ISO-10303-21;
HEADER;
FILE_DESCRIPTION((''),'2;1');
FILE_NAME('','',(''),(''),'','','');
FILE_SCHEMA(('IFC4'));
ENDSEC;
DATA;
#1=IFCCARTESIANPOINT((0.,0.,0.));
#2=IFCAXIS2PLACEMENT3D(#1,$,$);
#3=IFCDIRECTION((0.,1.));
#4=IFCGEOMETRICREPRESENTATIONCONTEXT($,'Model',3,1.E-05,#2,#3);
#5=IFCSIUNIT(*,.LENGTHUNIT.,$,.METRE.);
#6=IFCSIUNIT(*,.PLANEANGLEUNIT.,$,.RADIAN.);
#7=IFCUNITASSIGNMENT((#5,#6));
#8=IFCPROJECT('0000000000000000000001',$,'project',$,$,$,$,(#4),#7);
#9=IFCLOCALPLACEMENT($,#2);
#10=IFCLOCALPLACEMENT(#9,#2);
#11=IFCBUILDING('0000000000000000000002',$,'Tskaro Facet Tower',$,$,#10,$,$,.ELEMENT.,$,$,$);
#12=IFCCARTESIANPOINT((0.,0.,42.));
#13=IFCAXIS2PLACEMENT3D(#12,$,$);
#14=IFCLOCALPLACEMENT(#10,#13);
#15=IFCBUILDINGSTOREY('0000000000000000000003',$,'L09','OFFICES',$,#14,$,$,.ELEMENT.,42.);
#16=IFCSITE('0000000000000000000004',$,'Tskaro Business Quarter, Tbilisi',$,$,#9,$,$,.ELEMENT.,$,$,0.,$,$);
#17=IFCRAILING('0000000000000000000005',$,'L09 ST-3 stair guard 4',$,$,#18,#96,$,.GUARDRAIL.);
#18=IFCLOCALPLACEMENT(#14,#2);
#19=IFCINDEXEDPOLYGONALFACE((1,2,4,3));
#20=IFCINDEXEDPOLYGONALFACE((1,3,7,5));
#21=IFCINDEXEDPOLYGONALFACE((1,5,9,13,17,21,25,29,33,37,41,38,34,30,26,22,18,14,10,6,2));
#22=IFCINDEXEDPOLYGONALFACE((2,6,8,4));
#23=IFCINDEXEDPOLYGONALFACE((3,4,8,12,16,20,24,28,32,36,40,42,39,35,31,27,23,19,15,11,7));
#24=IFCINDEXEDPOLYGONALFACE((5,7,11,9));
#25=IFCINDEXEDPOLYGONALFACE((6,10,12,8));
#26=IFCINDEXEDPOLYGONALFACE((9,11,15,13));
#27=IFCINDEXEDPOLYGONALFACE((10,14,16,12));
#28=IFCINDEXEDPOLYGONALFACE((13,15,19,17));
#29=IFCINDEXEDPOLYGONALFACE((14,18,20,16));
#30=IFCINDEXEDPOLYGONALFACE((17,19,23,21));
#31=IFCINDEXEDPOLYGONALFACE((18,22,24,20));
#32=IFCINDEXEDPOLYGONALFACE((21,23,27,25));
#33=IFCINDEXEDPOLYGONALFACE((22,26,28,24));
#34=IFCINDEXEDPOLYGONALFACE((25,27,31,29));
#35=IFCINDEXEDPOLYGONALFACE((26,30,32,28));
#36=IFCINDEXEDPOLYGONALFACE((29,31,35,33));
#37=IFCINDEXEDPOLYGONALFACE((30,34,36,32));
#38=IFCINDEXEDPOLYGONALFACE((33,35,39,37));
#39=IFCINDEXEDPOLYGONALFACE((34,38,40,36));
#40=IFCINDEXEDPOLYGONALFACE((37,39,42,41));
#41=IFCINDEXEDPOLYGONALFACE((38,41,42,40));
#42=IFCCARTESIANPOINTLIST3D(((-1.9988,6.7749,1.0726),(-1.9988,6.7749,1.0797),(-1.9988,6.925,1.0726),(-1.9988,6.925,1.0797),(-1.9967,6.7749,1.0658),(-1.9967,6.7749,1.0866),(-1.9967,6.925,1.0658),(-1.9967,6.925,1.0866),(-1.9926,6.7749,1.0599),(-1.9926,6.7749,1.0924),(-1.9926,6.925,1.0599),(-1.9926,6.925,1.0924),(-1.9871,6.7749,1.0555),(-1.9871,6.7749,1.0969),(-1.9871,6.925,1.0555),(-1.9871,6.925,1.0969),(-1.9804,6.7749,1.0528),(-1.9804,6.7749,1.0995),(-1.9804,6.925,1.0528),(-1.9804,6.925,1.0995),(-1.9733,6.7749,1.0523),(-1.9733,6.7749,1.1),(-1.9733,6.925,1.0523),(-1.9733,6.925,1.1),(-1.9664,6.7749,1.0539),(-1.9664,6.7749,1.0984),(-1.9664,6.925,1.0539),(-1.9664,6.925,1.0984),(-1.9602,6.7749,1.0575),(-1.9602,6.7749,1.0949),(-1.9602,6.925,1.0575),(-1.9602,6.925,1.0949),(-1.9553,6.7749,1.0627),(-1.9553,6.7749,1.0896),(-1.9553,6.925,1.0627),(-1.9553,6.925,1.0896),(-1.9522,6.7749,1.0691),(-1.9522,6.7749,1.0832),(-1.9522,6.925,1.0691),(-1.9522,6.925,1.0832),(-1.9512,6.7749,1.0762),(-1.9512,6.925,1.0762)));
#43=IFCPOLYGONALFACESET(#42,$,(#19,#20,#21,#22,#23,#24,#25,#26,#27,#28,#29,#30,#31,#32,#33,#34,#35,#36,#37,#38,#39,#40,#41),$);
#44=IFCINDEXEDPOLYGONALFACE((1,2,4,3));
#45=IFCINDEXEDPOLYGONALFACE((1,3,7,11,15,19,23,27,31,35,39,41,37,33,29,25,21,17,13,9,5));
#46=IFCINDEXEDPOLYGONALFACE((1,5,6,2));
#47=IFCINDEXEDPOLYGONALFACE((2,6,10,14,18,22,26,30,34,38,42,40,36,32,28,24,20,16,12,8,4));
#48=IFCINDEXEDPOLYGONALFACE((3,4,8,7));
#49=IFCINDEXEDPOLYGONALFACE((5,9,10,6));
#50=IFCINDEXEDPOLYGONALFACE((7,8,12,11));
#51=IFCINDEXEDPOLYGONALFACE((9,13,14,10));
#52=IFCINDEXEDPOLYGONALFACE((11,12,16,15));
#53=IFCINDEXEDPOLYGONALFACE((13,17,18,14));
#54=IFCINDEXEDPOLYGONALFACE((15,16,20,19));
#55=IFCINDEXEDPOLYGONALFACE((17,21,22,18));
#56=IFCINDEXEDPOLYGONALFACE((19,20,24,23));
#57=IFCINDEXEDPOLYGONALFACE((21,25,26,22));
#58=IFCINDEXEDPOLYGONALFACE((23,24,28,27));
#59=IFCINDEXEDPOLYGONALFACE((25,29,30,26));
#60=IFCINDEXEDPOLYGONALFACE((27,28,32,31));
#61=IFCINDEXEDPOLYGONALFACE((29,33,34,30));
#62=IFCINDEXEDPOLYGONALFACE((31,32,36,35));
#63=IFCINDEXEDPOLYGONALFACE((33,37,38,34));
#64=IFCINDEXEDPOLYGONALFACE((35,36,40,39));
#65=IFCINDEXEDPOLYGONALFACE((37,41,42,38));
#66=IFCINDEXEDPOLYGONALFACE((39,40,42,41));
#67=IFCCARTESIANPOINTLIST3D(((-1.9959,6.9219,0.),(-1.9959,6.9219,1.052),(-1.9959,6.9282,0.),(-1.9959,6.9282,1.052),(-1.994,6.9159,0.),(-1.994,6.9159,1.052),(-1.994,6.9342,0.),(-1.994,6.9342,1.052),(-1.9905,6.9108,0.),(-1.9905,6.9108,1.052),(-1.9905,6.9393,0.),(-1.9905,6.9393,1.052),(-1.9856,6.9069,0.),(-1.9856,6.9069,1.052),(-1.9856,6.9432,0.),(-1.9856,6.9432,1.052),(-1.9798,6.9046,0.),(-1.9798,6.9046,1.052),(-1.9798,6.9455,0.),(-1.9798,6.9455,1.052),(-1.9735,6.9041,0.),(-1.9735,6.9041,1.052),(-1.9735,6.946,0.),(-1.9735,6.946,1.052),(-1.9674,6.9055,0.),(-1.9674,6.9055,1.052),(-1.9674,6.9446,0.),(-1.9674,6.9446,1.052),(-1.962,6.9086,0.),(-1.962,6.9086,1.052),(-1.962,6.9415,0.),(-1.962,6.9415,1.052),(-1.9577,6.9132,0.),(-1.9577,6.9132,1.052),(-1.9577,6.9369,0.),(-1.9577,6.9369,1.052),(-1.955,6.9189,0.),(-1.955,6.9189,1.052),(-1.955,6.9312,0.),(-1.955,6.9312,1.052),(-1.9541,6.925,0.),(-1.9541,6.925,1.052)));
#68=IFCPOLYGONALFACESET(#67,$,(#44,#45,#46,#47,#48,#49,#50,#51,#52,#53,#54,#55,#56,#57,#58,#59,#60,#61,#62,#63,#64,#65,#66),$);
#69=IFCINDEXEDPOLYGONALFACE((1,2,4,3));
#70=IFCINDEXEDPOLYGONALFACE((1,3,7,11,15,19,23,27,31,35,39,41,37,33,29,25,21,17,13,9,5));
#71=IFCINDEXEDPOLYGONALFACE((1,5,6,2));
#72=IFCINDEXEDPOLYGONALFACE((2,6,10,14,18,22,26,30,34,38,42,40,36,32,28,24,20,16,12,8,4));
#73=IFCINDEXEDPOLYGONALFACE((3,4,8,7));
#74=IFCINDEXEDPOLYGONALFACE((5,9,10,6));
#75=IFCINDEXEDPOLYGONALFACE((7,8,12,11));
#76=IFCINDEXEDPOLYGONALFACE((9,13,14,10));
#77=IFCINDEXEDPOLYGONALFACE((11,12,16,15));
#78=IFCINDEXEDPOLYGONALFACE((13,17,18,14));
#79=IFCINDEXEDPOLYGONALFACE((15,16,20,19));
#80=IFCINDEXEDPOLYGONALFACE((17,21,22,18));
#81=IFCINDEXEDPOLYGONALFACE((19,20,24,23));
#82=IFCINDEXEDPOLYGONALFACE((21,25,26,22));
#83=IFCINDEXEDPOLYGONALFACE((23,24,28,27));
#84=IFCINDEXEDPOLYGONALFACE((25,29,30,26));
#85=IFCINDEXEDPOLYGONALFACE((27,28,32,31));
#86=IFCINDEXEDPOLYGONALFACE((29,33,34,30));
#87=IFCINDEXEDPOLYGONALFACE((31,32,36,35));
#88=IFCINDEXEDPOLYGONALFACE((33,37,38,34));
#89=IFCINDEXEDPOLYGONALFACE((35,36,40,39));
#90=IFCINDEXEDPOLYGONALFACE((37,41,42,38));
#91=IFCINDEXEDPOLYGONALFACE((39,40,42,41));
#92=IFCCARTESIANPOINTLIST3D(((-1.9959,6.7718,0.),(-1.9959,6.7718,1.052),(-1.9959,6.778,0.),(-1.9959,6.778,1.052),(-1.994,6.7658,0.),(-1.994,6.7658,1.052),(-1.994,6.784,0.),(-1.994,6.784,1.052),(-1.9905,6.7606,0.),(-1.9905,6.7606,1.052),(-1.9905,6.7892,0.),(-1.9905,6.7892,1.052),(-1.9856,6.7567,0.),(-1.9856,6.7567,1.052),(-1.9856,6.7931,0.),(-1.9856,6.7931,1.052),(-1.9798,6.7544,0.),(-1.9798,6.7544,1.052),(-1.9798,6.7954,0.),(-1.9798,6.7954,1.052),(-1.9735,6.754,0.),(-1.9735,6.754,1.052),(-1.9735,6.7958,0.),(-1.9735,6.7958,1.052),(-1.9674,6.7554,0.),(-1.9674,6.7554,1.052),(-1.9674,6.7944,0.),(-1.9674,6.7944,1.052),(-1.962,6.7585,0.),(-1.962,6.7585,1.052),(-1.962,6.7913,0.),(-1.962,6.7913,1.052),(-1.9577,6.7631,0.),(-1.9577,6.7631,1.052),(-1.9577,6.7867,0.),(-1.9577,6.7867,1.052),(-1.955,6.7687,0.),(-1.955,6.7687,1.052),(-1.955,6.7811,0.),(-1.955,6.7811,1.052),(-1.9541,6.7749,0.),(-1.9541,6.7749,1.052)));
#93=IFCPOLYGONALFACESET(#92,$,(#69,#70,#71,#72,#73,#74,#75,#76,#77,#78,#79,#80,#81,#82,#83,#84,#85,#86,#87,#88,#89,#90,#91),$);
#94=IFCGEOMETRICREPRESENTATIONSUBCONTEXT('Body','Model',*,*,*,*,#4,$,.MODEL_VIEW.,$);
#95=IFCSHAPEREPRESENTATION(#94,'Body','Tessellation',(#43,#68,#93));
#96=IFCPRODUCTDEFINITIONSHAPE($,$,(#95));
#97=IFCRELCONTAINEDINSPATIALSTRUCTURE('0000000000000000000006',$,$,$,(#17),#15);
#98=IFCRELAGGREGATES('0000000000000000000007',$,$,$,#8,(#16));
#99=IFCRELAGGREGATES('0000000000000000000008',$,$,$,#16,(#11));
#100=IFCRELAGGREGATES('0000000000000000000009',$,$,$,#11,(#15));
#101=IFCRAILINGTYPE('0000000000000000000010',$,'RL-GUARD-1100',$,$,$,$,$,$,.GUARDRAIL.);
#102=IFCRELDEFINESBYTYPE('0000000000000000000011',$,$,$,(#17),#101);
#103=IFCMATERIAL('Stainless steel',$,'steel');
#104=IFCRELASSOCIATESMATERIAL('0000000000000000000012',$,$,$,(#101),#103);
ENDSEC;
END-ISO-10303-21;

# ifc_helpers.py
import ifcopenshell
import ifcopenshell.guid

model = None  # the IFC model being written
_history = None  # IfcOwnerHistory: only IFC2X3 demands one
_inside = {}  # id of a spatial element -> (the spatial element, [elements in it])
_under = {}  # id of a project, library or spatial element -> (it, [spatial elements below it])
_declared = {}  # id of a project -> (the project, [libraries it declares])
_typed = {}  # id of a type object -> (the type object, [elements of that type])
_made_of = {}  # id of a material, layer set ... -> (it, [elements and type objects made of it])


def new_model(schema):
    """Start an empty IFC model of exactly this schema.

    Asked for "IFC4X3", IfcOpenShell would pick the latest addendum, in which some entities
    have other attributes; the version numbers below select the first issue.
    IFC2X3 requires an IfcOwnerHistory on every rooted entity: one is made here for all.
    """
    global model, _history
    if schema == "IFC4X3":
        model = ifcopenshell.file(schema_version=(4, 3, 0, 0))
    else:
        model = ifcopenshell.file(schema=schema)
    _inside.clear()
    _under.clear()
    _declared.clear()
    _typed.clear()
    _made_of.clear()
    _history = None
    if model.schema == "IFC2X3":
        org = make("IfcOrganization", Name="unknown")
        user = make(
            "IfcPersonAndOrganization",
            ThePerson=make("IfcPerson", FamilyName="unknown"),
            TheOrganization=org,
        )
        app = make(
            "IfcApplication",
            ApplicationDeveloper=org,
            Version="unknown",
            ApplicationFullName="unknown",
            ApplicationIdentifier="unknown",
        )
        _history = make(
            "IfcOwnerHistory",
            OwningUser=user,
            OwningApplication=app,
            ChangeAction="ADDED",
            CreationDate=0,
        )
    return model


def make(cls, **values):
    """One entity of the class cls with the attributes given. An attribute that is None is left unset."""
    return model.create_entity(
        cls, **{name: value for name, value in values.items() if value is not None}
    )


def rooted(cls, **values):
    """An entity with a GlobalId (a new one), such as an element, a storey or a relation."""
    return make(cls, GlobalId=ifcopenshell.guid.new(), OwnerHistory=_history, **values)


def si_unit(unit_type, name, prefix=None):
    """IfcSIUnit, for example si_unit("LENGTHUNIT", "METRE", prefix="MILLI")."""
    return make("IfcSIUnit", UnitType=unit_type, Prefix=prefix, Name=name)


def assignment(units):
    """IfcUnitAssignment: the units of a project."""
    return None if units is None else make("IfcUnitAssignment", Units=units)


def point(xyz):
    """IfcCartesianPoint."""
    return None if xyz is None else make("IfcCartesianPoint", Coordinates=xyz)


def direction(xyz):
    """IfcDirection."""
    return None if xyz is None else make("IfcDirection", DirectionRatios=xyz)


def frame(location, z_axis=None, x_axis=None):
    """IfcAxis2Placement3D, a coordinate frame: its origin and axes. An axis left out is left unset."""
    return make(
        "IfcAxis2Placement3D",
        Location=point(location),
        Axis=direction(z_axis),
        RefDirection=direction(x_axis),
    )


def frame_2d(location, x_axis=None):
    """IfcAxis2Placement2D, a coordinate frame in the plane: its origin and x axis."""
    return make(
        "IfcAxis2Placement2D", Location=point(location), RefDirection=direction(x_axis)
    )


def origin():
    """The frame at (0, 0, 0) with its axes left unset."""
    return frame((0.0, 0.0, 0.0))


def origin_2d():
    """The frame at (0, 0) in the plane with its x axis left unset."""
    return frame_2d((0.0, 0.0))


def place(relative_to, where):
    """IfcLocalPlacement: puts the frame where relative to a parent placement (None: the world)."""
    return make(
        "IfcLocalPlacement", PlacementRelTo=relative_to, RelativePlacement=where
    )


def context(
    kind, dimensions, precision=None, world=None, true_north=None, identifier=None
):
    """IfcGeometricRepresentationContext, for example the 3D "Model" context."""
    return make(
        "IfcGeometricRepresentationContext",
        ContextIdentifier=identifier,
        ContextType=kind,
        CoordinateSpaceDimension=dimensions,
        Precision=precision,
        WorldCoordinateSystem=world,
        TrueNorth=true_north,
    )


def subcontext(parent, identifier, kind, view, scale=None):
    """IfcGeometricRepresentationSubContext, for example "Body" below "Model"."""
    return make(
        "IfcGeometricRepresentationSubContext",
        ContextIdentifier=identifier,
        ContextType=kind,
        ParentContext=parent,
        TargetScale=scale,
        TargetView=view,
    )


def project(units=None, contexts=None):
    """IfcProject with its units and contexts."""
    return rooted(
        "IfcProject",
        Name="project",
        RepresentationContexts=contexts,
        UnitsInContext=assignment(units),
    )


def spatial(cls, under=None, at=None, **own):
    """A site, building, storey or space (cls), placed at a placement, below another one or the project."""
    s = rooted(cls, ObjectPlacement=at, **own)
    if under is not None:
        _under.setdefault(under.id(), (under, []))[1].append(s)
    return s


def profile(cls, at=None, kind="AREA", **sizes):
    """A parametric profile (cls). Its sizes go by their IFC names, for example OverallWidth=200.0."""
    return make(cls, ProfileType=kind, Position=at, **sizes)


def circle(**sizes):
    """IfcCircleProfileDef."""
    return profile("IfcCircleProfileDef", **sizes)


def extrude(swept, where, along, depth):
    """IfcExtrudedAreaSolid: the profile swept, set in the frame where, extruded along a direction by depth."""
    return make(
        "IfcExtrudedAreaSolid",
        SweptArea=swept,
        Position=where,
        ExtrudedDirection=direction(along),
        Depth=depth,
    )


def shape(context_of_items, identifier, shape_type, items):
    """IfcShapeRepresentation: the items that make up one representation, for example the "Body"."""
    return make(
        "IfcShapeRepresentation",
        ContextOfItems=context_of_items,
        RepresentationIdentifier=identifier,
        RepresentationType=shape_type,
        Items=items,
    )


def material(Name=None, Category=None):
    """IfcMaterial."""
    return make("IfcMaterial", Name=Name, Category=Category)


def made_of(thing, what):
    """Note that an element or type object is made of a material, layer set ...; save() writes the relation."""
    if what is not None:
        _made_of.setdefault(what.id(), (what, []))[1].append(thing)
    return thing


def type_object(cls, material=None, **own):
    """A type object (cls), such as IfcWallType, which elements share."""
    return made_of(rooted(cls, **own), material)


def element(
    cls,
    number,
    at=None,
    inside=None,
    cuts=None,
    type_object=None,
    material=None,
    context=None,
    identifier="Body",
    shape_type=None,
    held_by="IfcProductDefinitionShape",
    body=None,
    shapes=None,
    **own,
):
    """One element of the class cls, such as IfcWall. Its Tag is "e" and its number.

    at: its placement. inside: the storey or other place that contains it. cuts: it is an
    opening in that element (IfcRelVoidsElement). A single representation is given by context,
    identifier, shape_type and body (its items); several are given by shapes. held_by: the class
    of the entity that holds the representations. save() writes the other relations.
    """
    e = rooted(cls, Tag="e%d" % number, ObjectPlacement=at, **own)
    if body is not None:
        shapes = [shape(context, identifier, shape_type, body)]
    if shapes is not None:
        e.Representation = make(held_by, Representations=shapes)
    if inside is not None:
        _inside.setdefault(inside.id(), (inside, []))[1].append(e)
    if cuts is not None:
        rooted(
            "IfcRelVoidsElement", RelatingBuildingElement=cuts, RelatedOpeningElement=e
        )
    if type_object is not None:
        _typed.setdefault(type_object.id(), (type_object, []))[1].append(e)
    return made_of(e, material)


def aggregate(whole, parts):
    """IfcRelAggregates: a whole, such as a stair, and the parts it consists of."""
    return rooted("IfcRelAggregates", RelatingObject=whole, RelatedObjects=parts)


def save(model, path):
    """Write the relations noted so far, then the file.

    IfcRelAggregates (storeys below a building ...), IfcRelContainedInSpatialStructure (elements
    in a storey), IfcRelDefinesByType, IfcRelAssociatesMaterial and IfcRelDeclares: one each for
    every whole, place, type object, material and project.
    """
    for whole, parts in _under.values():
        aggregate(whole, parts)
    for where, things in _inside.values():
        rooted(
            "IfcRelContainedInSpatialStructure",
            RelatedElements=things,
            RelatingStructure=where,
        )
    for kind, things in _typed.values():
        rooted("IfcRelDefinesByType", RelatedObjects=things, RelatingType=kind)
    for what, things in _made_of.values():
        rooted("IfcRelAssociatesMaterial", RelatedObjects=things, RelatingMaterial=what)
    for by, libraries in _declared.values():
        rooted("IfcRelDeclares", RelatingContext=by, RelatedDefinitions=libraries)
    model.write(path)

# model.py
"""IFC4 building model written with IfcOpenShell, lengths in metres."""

from ifc_helpers import new_model, si_unit, direction, frame, origin, origin_2d, place, context, subcontext, project, spatial, circle, extrude, material, type_object, element, save


model = new_model("IFC4")

# Units and contexts
model_context = context("Model", 3, precision=1e-05, world=origin(), true_north=direction((0.0, 1.0)))
body_context = subcontext(model_context, "Body", "Model", "MODEL_VIEW")
ifc_project = project(units=[si_unit("LENGTHUNIT", "METRE"), si_unit("PLANEANGLEUNIT", "RADIAN")], contexts=[model_context])

# Site, building, storey
site_placement = place(None, origin())
site = spatial("IfcSite", under=ifc_project, at=site_placement, Name="Tskaro Business Quarter, Tbilisi", CompositionType="ELEMENT", RefElevation=0.0)
building_placement = place(site_placement, origin())
building = spatial("IfcBuilding", under=site, at=building_placement, Name="Tskaro Facet Tower", CompositionType="ELEMENT")
storey_placement = place(building_placement, frame((0.0, 0.0, 42.0)))
storey = spatial("IfcBuildingStorey", under=building, at=storey_placement, Name="L09", Description="OFFICES", CompositionType="ELEMENT", Elevation=42.0)

# Railing
ifc_material_1 = material(Name="Stainless steel", Category="steel")
railing_type_1 = type_object("IfcRailingType", Name="RL-GUARD-1100", PredefinedType="GUARDRAIL", material=ifc_material_1)
railing_1_placement = place(storey_placement, frame((-1.9751, 6.925, 0.0)))
element("IfcRailing", 1, at=railing_1_placement, inside=storey, type_object=railing_type_1, Name="L09 ST-3 stair guard 4", PredefinedType="GUARDRAIL", context=body_context, shape_type="SweptSolid", body=[
    extrude(circle(Radius=0.0239, at=origin_2d()), frame((0.0, 0.0, 1.0762), z_axis=(0.0, -1.0, 0.0), x_axis=(1.0, 0.0, 0.0)), (0.0, 0.0, 1.0), 0.1501),
    extrude(circle(Radius=0.021, at=origin_2d()), origin(), (0.0, 0.0, 1.0), 1.052),
    extrude(circle(Radius=0.021, at=origin_2d()), frame((0.0, -0.1501, 0.0)), (0.0, 0.0, 1.0), 1.052),
])

save(model, "model.ifc")
